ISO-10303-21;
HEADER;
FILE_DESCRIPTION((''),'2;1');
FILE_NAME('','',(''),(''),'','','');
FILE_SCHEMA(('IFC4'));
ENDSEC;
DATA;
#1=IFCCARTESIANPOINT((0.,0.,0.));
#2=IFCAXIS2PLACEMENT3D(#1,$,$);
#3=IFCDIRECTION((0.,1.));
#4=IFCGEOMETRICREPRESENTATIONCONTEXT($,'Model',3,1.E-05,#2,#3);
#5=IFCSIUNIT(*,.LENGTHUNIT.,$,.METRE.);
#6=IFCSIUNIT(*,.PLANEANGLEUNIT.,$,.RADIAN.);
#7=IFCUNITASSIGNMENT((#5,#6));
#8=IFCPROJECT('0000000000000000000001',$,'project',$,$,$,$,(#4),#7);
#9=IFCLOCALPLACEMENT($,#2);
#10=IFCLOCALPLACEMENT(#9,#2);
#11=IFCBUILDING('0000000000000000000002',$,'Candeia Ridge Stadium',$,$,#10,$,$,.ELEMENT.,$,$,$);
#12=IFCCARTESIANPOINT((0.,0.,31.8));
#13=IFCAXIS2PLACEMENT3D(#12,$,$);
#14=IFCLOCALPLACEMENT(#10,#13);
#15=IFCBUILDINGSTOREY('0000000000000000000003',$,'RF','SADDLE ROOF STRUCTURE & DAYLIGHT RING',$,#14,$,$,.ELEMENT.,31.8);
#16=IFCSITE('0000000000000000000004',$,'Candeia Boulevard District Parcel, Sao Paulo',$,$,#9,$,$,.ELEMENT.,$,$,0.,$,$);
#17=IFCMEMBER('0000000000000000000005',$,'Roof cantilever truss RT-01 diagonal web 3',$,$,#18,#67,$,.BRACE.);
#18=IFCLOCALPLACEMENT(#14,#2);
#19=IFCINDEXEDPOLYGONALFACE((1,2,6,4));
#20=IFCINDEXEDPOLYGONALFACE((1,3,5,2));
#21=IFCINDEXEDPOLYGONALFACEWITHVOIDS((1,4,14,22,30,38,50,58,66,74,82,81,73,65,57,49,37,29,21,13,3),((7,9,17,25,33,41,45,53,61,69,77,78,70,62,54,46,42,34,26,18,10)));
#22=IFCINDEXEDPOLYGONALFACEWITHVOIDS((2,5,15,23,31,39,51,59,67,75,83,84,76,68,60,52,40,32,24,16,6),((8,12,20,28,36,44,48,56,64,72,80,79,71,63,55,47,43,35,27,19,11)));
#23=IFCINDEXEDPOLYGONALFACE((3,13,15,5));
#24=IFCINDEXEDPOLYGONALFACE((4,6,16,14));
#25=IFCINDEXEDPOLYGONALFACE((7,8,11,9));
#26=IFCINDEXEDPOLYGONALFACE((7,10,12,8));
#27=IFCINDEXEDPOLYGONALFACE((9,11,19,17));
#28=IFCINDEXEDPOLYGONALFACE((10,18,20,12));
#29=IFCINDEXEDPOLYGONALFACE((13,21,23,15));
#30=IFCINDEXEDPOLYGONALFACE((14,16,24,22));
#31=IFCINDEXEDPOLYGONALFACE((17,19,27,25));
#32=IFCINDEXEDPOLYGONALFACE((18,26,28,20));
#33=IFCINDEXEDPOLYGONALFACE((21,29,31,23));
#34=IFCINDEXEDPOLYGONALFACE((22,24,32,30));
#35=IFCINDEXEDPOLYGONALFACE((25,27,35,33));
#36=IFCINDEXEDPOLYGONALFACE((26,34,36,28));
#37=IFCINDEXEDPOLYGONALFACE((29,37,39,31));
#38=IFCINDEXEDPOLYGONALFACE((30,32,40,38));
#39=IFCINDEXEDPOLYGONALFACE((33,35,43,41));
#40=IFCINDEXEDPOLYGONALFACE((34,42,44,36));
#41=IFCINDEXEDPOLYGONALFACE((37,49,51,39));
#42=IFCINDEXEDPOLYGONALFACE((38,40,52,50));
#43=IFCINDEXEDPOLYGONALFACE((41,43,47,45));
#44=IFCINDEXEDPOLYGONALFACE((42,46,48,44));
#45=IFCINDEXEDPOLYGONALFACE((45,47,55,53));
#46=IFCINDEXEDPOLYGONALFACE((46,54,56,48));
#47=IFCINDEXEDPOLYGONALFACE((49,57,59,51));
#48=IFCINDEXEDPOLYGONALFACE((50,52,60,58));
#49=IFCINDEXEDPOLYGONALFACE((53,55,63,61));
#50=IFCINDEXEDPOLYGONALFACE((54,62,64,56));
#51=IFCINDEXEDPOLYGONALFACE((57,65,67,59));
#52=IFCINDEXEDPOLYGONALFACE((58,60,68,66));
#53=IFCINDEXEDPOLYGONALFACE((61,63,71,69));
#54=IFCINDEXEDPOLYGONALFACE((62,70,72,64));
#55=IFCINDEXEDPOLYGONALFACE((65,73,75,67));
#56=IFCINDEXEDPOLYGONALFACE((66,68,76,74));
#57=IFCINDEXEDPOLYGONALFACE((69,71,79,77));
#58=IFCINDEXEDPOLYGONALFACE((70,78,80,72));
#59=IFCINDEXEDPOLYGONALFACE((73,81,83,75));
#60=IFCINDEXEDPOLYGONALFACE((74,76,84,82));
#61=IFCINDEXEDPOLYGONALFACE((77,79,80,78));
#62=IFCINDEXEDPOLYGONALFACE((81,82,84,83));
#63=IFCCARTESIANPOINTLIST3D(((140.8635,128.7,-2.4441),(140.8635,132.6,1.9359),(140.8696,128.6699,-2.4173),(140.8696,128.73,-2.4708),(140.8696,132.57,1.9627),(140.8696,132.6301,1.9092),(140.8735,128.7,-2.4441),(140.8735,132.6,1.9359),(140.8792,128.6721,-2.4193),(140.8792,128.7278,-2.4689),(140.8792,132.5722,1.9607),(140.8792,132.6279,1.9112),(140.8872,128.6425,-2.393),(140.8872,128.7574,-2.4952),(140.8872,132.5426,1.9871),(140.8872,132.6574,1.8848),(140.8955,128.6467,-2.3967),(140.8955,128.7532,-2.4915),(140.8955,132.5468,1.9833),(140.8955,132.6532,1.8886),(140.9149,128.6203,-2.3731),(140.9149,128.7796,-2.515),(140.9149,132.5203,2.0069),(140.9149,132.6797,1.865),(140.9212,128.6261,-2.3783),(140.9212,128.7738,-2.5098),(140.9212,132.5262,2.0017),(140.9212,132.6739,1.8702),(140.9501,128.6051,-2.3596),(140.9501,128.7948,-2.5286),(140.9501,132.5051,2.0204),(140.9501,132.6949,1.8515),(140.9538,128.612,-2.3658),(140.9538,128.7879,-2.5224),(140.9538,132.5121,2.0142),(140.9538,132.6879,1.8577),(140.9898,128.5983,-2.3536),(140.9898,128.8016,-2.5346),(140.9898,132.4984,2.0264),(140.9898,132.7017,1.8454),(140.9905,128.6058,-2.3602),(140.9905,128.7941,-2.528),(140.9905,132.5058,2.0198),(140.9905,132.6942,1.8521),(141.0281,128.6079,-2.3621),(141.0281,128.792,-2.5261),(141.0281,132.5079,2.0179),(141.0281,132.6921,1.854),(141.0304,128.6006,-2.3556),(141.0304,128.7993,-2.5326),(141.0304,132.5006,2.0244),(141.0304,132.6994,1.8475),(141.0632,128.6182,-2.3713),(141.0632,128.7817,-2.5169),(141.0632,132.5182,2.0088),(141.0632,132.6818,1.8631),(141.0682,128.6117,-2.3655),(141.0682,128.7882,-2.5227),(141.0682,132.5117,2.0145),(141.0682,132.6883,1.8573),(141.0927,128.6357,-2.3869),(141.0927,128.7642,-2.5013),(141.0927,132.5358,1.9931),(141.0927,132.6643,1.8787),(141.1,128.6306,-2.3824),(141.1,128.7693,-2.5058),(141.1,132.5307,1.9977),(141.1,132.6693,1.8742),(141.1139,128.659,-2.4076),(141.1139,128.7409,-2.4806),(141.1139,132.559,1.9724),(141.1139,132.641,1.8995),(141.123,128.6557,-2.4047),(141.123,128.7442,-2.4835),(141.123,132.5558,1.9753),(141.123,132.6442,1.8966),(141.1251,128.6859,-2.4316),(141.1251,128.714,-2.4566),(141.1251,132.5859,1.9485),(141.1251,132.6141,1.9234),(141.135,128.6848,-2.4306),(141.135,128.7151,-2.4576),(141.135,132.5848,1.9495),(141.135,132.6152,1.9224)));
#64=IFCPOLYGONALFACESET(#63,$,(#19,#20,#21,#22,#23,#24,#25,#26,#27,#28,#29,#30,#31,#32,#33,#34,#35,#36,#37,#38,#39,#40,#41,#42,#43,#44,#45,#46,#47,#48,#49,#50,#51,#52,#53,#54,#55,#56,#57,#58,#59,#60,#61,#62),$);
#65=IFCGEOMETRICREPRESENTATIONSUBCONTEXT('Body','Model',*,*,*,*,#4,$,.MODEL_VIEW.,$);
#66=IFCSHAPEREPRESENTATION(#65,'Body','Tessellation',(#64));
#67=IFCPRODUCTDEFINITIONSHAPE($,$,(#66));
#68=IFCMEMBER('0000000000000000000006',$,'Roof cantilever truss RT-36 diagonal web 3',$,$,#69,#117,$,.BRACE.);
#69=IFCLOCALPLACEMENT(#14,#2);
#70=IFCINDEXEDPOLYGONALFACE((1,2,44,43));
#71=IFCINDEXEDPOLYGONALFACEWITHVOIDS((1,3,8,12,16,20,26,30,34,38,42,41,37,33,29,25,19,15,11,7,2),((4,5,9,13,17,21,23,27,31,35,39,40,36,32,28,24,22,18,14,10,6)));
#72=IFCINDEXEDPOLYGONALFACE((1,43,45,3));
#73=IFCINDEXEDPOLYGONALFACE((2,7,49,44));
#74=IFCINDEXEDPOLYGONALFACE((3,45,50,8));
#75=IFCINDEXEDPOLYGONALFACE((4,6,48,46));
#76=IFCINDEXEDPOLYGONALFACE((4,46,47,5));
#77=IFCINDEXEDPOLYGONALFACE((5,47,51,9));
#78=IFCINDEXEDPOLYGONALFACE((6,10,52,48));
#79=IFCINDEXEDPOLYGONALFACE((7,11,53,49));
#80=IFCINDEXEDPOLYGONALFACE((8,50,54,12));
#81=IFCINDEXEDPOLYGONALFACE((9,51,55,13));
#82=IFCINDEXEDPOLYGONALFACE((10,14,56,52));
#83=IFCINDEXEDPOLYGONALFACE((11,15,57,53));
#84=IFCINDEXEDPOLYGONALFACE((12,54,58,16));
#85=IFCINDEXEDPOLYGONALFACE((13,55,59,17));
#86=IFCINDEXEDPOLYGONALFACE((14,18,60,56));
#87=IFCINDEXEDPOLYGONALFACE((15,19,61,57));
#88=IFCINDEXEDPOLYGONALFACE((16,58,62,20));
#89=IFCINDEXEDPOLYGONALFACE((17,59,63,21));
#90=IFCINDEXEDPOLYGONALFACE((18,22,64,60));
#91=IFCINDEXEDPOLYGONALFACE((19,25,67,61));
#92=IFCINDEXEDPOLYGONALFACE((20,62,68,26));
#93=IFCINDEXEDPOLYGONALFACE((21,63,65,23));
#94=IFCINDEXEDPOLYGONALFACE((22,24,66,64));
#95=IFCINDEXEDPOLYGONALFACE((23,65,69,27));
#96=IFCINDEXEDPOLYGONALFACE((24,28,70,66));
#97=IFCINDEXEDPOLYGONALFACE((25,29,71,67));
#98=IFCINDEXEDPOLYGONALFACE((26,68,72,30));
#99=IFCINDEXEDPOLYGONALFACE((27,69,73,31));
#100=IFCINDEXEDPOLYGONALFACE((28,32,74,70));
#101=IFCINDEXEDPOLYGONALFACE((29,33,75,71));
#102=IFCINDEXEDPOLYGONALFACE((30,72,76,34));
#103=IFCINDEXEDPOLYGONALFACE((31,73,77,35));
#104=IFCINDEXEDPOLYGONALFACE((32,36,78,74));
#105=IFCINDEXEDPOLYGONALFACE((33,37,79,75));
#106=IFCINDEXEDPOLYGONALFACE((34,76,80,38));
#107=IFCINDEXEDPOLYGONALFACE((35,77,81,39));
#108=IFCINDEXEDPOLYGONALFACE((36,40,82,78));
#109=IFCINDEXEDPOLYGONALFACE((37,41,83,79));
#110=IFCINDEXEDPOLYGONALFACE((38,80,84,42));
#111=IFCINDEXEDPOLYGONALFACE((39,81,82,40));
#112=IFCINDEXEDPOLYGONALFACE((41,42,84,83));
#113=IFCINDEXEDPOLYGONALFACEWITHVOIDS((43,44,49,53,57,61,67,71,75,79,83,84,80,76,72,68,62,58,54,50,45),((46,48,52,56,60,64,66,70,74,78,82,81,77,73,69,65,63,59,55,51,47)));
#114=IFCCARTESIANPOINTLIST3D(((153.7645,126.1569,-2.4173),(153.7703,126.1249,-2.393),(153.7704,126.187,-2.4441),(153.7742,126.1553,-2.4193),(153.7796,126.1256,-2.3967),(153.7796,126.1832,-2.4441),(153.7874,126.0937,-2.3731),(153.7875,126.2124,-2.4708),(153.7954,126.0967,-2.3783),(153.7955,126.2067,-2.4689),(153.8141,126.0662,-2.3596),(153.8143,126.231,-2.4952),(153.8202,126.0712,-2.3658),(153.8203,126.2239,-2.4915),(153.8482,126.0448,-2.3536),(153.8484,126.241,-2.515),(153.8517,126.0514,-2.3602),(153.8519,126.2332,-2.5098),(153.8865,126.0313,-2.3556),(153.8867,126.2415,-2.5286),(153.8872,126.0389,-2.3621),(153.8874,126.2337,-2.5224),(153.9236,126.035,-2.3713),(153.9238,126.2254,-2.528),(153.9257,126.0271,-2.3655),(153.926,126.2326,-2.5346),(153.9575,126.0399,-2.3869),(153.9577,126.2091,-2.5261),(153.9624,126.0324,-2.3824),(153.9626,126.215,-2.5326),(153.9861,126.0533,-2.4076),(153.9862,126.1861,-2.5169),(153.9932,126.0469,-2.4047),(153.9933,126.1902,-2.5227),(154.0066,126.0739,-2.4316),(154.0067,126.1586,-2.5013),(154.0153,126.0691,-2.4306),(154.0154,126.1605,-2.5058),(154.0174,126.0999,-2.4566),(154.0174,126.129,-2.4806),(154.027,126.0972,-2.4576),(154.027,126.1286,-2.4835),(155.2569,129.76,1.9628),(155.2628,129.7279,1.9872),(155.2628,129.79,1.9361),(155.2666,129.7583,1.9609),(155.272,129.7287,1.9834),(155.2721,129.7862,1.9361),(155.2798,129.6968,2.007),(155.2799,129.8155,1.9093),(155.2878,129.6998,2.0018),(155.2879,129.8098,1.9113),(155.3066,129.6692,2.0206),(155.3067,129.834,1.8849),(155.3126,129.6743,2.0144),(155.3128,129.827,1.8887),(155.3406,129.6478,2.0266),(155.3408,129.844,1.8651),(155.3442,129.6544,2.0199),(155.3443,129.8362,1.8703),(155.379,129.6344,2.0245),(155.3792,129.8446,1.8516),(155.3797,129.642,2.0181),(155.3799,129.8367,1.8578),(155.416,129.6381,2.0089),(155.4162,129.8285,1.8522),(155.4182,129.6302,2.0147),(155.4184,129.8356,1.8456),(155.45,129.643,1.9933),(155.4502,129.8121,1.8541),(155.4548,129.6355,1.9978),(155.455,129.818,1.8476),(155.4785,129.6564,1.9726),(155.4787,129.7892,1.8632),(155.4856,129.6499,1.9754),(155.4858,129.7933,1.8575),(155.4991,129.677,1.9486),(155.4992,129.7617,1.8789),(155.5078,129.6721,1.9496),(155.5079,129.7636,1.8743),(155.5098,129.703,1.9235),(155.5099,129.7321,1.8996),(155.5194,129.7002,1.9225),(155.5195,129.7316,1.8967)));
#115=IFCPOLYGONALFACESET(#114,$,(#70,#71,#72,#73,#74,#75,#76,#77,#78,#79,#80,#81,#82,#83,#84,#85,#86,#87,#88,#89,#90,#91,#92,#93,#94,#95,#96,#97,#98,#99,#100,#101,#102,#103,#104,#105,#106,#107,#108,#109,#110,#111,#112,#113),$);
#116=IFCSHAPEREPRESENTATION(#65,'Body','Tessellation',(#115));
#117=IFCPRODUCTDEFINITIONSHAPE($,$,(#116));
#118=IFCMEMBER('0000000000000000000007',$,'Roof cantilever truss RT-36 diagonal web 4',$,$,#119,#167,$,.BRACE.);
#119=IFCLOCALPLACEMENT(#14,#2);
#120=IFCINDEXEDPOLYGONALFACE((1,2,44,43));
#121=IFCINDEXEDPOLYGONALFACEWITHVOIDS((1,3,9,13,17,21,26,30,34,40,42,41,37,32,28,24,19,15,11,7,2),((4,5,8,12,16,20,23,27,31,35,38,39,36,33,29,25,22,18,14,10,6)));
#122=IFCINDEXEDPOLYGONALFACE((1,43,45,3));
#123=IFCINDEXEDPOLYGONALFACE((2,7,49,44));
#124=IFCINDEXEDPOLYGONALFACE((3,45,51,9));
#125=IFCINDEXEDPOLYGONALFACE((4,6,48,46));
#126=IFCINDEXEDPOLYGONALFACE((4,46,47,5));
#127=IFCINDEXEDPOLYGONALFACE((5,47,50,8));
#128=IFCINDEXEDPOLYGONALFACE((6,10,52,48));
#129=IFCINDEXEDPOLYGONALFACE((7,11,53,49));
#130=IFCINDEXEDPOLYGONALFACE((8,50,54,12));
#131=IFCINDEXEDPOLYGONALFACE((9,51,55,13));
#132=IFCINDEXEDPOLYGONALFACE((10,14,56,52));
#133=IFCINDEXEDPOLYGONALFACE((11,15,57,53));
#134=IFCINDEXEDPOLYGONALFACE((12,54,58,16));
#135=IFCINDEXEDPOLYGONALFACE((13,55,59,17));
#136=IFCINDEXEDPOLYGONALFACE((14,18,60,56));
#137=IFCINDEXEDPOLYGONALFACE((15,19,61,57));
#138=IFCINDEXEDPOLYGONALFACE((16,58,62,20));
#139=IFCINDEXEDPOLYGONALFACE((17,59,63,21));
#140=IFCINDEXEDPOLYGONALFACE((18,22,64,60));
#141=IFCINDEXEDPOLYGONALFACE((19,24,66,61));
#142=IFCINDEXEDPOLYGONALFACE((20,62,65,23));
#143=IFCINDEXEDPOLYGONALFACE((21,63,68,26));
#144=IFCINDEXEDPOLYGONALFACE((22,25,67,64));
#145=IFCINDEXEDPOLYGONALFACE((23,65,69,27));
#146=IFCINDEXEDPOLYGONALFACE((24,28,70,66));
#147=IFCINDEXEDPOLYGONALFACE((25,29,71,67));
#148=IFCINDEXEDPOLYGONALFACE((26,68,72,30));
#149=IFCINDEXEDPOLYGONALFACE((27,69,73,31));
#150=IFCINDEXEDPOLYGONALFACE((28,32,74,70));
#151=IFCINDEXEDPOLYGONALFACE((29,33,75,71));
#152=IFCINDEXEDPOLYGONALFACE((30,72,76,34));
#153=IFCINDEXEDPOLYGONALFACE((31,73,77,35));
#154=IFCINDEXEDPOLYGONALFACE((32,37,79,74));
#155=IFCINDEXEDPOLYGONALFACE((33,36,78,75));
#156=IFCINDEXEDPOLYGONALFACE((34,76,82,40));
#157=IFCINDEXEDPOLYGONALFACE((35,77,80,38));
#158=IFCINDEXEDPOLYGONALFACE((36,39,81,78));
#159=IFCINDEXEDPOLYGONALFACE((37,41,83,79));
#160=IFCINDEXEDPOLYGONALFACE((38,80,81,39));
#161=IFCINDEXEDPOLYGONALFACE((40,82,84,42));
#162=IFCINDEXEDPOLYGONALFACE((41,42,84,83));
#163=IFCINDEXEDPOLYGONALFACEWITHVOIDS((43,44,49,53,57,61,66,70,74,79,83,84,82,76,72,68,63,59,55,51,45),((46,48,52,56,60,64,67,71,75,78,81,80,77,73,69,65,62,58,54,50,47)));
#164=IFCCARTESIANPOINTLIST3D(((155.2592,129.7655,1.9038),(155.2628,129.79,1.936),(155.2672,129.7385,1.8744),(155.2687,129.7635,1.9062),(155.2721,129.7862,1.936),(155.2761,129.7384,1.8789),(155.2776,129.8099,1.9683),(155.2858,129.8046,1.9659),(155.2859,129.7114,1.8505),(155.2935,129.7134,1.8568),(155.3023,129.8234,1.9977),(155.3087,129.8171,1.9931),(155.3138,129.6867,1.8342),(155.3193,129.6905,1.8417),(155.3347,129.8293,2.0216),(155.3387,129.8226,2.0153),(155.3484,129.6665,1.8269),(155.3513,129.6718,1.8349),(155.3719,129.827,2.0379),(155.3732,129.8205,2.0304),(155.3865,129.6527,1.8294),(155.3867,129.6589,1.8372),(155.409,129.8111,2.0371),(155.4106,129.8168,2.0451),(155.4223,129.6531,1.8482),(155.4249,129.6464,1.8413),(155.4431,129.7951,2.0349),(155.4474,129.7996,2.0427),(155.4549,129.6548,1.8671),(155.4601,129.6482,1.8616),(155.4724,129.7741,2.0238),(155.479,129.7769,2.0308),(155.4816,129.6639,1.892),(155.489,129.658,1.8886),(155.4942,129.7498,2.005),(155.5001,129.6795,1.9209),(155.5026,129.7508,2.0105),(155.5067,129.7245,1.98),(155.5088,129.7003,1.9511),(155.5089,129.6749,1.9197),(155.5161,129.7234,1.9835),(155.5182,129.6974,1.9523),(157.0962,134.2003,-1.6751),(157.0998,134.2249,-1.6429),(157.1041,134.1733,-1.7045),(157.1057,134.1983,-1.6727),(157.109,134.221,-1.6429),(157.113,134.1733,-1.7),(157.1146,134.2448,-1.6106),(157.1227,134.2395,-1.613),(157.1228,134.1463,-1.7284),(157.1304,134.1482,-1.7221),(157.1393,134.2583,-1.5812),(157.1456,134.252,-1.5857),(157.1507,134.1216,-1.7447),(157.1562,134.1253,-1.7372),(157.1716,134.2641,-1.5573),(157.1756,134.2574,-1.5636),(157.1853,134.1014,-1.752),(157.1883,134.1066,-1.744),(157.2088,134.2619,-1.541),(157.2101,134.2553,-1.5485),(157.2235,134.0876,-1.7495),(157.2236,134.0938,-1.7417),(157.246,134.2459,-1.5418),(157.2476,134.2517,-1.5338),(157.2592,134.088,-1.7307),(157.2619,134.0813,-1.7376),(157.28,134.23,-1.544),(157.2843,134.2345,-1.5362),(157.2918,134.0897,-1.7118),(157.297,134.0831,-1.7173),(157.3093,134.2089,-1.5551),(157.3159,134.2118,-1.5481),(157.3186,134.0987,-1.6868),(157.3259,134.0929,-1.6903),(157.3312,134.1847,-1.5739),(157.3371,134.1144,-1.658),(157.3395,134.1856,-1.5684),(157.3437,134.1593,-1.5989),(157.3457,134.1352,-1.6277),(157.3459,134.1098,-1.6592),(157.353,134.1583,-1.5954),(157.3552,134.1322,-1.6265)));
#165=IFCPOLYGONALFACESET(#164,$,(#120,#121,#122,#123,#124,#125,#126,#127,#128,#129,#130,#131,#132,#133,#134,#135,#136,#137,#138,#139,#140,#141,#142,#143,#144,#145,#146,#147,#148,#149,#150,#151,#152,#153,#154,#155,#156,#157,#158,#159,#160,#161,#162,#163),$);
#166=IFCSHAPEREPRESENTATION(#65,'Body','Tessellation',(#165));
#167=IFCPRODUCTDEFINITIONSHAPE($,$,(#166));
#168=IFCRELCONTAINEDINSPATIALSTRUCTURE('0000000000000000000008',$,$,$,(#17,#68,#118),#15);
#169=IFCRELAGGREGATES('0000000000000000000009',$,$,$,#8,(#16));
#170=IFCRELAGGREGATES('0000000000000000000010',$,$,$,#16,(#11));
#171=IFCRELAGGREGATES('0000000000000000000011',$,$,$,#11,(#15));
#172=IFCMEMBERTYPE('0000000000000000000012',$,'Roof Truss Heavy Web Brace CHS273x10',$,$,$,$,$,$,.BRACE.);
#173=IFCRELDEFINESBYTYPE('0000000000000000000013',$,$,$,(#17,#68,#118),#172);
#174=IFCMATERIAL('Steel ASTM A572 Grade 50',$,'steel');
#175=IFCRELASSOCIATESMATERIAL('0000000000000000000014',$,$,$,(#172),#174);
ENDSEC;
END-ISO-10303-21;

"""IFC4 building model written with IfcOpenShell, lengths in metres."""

from ifc_helpers import new_model, si_unit, direction, frame, origin, origin_2d, place, context, subcontext, project, spatial, hollow_circle, extrude, material, material_profile, profile_set, type_object, element, save


model = new_model("IFC4")

# Units and contexts
model_context = context("Model", 3, precision=1e-05, world=origin(), true_north=direction((0.0, 1.0)))
body_context = subcontext(model_context, "Body", "Model", "MODEL_VIEW")
ifc_project = project(units=[si_unit("LENGTHUNIT", "METRE"), si_unit("PLANEANGLEUNIT", "RADIAN")], contexts=[model_context])

# Site, building, storey
site_placement = place(None, origin())
site = spatial("IfcSite", under=ifc_project, at=site_placement, Name="Candeia Boulevard District Parcel, Sao Paulo", CompositionType="ELEMENT", RefElevation=0.0)
building_placement = place(site_placement, origin())
building = spatial("IfcBuilding", under=site, at=building_placement, Name="Candeia Ridge Stadium", CompositionType="ELEMENT")
storey_placement = place(building_placement, frame((0.0, 0.0, 31.8)))
storey = spatial("IfcBuildingStorey", under=building, at=storey_placement, Name="RF", Description="SADDLE ROOF STRUCTURE & DAYLIGHT RING", CompositionType="ELEMENT", Elevation=31.8)

# Shared definitions
ifc_material_1 = material(Name="Steel ASTM A572 Grade 50", Category="steel")

# Members
ifc_material_profile_1 = material_profile(ifc_material_1, hollow_circle(Radius=0.1365, WallThickness=0.01, at=origin_2d()), Name="CHS273x10", Category="steel")
ifc_profile_set_1 = profile_set([ifc_material_profile_1], Name="Steel ASTM A572 Grade 50")
member_type_1 = type_object("IfcMemberType", Name="Roof Truss Heavy Web Brace CHS273x10", PredefinedType="BRACE", material=ifc_profile_set_1)
for number, where, z_axis, x_axis, name in (
    (1, (141.0, 128.7, -2.4441), (0.0, 0.665002, 0.746842), (-1.0, 0.0, 0.0), "Roof cantilever truss RT-01 diagonal web 3"),
    (2, (153.8965, 126.1348, -2.4441), (0.254477, 0.614359, 0.746863), (-0.923879, 0.382685, 0.0), "Roof cantilever truss RT-36 diagonal web 3"),
):
    element("IfcMember", number, at=place(storey_placement, frame(where, z_axis=z_axis, x_axis=x_axis)), inside=storey, type_object=member_type_1, Name=name, PredefinedType="BRACE", context=body_context, shape_type="SweptSolid", body=[
        extrude(hollow_circle(Radius=0.1365, WallThickness=0.01, at=origin_2d()), origin(), (0.0, 0.0, 1.0), 5.8647),
    ])
member_1_placement = place(storey_placement, frame((155.3889, 129.7378, 1.936), z_axis=(0.306792, 0.74068, -0.597722), x_axis=(-0.923883, 0.382675, 0.0)))
element("IfcMember", 3, at=member_1_placement, inside=storey, type_object=member_type_1, Name="Roof cantilever truss RT-36 diagonal web 4", PredefinedType="BRACE", context=body_context, shape_type="SweptSolid", body=[
    extrude(hollow_circle(Radius=0.1365, WallThickness=0.01, at=origin_2d()), origin(), (0.0, 0.0, 1.0), 5.9875),
])

save(model, "model.ifc")
